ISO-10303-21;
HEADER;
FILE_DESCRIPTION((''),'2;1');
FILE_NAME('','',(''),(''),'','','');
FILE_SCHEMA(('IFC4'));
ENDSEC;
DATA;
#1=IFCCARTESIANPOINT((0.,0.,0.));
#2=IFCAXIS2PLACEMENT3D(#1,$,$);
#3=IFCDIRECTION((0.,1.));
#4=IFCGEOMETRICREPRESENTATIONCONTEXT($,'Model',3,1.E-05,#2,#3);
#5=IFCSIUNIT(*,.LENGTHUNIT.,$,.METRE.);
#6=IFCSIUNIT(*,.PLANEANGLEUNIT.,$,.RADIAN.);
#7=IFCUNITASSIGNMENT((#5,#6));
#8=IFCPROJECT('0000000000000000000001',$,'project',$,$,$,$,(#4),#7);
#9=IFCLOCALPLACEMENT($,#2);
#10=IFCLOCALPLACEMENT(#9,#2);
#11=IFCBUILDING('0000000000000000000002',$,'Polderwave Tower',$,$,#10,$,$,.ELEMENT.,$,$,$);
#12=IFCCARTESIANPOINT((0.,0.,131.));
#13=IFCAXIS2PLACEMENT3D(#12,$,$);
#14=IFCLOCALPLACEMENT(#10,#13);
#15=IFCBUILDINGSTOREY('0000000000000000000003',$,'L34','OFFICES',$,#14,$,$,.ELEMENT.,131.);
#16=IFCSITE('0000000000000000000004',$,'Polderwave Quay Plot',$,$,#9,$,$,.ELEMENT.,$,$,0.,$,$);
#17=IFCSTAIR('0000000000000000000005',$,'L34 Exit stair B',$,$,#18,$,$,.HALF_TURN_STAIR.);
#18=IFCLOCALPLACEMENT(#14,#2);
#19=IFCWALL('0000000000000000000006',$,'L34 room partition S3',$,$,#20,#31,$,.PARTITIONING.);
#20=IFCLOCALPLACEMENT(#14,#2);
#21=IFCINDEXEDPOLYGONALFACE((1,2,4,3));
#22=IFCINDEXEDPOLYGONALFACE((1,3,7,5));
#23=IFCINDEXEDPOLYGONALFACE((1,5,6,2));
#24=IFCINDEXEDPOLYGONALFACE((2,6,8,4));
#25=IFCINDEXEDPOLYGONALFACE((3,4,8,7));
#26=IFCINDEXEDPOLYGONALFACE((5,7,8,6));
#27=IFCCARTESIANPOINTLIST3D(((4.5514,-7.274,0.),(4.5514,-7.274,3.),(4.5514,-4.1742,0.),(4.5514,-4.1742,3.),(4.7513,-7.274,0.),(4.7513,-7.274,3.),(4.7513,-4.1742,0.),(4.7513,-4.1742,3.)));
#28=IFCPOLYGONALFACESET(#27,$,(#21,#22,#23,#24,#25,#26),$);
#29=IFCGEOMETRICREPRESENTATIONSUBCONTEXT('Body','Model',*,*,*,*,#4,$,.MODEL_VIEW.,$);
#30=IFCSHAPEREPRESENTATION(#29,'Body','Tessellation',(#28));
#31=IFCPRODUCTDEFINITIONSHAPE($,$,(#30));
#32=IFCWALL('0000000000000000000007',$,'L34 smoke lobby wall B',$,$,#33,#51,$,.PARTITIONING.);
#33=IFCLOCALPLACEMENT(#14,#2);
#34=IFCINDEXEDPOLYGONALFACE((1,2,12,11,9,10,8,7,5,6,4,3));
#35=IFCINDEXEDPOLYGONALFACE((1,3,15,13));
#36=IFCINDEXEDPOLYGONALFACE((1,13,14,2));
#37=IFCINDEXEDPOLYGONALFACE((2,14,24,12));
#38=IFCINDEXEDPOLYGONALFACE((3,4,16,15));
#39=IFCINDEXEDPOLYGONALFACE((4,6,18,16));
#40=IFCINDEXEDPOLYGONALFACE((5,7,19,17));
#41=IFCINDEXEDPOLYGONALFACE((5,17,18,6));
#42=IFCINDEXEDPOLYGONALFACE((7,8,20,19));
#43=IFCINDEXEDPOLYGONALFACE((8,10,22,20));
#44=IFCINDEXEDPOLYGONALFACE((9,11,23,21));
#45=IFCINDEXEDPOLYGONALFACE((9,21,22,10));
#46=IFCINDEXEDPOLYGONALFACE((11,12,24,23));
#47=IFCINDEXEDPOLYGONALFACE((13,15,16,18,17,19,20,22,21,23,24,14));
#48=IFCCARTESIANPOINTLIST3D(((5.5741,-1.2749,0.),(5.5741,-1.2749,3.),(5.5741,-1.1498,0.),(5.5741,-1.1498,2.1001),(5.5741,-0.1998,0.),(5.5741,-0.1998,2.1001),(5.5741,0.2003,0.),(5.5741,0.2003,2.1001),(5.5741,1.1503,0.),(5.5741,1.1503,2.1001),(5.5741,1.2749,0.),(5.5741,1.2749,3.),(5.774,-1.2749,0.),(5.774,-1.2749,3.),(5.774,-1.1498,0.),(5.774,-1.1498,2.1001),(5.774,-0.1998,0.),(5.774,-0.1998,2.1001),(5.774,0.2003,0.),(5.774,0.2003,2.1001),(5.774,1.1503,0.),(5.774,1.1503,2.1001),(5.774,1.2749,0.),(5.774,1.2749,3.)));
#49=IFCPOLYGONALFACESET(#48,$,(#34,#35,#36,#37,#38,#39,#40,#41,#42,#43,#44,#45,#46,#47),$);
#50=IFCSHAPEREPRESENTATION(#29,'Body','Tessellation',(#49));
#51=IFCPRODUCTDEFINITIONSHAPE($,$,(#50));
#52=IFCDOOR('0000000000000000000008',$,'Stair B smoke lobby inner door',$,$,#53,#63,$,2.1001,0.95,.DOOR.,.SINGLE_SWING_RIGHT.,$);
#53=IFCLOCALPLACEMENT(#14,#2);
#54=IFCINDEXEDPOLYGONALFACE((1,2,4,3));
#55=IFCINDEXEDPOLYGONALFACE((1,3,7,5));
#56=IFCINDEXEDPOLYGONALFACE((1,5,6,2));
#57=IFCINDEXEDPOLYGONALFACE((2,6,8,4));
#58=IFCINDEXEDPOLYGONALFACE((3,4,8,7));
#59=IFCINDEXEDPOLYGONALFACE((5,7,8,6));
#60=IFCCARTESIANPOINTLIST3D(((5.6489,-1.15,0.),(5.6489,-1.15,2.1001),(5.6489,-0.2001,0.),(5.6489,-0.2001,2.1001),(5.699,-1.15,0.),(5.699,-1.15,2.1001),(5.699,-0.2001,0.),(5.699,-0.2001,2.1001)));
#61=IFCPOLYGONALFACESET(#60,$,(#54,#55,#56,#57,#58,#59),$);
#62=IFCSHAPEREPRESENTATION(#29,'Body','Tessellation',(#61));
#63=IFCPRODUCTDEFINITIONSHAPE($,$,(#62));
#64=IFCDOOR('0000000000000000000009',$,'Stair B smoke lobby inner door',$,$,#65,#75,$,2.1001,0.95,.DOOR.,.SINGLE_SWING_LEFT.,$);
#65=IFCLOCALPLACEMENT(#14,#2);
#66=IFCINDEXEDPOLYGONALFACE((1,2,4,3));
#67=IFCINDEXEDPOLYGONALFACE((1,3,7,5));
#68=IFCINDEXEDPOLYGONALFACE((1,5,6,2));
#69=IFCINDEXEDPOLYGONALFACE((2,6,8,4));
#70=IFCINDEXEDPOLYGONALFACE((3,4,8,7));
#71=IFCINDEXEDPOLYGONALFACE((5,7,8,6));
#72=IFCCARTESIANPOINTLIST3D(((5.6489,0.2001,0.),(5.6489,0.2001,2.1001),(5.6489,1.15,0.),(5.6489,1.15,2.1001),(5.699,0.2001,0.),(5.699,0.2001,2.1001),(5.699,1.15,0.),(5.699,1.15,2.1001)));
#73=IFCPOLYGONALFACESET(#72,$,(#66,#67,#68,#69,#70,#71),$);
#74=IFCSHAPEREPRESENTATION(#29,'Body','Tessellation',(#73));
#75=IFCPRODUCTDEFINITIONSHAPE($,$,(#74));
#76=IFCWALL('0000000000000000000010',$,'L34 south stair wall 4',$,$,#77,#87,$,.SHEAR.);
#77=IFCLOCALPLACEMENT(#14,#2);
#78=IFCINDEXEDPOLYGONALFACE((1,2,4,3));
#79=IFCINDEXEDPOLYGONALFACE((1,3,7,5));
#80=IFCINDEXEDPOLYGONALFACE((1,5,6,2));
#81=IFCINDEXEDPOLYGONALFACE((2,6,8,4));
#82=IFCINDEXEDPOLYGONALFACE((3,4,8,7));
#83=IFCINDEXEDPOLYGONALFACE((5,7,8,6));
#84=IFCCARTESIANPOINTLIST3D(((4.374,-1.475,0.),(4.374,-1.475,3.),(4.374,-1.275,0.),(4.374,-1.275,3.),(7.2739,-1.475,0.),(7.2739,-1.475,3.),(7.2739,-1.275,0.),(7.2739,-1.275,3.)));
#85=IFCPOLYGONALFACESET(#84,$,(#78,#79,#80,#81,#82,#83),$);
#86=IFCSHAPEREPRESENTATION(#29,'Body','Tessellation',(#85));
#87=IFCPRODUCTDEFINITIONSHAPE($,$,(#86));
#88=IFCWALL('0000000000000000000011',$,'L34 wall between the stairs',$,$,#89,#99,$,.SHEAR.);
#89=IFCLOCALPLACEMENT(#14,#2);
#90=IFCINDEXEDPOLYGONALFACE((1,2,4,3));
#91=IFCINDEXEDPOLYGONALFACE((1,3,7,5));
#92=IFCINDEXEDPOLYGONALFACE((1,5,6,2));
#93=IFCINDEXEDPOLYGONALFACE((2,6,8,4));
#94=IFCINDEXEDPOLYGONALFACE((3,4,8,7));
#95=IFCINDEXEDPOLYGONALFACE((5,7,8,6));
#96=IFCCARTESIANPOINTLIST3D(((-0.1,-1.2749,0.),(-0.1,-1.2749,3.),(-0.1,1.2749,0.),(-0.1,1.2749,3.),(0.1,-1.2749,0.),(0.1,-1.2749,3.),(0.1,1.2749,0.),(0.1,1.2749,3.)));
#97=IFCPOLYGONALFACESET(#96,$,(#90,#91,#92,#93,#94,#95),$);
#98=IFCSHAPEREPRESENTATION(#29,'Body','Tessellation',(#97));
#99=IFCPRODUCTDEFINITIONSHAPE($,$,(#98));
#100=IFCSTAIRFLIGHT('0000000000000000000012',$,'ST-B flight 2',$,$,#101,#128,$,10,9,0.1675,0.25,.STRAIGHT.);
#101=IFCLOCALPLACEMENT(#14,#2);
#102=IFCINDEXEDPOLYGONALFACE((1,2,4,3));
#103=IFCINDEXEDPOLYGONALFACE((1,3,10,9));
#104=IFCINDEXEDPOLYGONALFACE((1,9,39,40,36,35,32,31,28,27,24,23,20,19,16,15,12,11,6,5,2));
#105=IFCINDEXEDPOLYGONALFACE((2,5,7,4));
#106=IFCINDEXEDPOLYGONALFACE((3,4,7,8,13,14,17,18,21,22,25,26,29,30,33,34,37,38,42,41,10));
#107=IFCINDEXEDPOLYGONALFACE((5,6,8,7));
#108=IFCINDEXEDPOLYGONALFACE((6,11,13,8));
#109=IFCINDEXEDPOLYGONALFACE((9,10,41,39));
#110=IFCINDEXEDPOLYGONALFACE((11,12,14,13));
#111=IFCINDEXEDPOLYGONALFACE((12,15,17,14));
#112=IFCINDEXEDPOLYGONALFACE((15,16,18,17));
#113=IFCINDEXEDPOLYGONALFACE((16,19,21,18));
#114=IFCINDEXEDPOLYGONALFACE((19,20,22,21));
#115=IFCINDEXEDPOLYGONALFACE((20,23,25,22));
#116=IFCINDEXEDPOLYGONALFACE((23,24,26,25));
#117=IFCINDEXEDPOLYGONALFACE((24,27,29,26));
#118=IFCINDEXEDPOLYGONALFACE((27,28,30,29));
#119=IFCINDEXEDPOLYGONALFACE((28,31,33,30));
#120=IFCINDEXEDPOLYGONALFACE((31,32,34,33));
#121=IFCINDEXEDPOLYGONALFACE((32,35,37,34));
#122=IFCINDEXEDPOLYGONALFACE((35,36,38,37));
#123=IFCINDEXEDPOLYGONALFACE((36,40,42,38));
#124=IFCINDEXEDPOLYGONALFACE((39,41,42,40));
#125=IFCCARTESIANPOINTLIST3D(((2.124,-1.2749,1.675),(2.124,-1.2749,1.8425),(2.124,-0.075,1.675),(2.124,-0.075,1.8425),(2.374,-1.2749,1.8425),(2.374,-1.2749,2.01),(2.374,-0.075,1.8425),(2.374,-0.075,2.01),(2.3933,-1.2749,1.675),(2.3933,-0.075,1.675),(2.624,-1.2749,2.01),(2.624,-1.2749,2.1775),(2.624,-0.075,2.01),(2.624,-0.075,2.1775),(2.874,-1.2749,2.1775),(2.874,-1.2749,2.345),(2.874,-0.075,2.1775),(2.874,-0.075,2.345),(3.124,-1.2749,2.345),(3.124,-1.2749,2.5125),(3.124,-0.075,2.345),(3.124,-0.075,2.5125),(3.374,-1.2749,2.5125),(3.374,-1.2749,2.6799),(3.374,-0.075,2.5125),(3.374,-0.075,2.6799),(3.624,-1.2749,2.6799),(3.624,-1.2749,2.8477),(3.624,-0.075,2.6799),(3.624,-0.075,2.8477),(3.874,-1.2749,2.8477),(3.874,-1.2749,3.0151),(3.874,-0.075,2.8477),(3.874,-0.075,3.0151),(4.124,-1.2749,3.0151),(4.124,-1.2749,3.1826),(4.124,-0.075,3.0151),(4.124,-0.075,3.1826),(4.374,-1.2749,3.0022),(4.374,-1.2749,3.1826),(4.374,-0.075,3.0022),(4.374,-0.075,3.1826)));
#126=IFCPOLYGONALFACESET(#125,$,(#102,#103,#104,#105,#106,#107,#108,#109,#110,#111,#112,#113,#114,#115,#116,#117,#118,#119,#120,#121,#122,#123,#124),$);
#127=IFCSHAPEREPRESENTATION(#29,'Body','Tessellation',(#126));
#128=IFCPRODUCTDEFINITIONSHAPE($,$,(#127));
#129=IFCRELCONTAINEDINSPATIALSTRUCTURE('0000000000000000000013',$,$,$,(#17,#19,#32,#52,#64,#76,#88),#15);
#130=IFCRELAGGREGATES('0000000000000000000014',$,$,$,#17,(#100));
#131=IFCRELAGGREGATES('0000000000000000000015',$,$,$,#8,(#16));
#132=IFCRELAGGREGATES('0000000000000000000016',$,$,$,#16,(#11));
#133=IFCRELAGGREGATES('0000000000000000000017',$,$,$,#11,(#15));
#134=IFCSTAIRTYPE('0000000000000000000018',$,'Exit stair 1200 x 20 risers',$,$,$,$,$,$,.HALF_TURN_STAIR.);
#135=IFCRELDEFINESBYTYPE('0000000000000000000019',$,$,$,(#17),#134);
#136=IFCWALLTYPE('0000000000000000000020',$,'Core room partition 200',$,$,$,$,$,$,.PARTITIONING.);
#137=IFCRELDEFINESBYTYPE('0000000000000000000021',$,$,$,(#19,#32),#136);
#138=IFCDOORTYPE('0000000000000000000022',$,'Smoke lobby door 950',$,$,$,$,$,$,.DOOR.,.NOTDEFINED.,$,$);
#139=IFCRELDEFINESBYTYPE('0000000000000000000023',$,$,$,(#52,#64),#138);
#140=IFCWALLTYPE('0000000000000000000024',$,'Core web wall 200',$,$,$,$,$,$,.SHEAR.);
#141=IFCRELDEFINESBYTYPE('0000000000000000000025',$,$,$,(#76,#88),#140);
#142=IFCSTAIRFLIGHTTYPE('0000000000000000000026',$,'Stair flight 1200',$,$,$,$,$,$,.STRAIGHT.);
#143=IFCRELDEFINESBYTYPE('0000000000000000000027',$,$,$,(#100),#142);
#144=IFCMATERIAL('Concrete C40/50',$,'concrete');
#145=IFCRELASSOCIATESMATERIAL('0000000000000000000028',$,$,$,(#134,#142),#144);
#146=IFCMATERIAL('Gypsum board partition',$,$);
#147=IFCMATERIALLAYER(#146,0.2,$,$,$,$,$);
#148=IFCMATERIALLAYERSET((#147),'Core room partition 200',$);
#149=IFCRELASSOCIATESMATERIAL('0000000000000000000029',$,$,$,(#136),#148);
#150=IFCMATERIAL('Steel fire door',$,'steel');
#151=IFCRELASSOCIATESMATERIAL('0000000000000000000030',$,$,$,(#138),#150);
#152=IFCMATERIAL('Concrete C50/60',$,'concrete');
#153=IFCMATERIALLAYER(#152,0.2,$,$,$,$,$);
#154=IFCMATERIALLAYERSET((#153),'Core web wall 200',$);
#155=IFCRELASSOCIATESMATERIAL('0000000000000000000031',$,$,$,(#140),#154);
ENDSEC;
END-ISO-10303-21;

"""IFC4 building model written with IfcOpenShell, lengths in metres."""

from ifc_helpers import new_model, si_unit, direction, frame, frame_2d, origin, place, context, subcontext, project, spatial, polyline, rectangle, outline, extrude, material, layer, layer_set, type_object, element, fill, aggregate, save


model = new_model("IFC4")

# Units and contexts
model_context = context("Model", 3, precision=1e-05, world=origin(), true_north=direction((0.0, 1.0)))
body_context = subcontext(model_context, "Body", "Model", "MODEL_VIEW")
ifc_project = project(units=[si_unit("LENGTHUNIT", "METRE"), si_unit("PLANEANGLEUNIT", "RADIAN")], contexts=[model_context])

# Site, building, storey
site_placement = place(None, origin())
site = spatial("IfcSite", under=ifc_project, at=site_placement, Name="Polderwave Quay Plot", CompositionType="ELEMENT", RefElevation=0.0)
building_placement = place(site_placement, origin())
building = spatial("IfcBuilding", under=site, at=building_placement, Name="Polderwave Tower", CompositionType="ELEMENT")
storey_placement = place(building_placement, frame((0.0, 0.0, 131.0)))
storey = spatial("IfcBuildingStorey", under=building, at=storey_placement, Name="L34", Description="OFFICES", CompositionType="ELEMENT", Elevation=131.0)

# Shared definitions
ifc_material_1 = material(Name="Concrete C40/50", Category="concrete")

# Stair
stair_type = type_object("IfcStairType", Name="Exit stair 1200 x 20 risers", PredefinedType="HALF_TURN_STAIR", material=ifc_material_1)
stair_1_placement = place(storey_placement, origin())
stair_1 = element("IfcStair", 1, at=stair_1_placement, inside=storey, type_object=stair_type, Name="L34 Exit stair B", PredefinedType="HALF_TURN_STAIR")

# Wall
ifc_material_2 = material(Name="Gypsum board partition")
ifc_layer_1 = layer(ifc_material_2, 0.2)
ifc_layer_set_1 = layer_set([ifc_layer_1], Name="Core room partition 200")
wall_type_1 = type_object("IfcWallType", Name="Core room partition 200", PredefinedType="PARTITIONING", material=ifc_layer_set_1)
wall_1_placement = place(storey_placement, frame((4.6514, -7.2739, 0.0), z_axis=(0.0, 0.0, 1.0), x_axis=(0.0, 1.0, 0.0)))
element("IfcWall", 2, at=wall_1_placement, inside=storey, type_object=wall_type_1, Name="L34 room partition S3", PredefinedType="PARTITIONING", context=body_context, shape_type="SweptSolid", body=[
    extrude(rectangle(XDim=3.0999, YDim=0.2, at=frame_2d((1.5498, 0.0))), origin(), (0.0, 0.0, 1.0), 3.0),
])

# Wall, openings, doors
wall_2_placement = place(storey_placement, frame((5.6741, -1.2749, 0.0), z_axis=(0.0, 0.0, 1.0), x_axis=(0.0, 1.0, 0.0)))
wall_2 = element("IfcWall", 3, at=wall_2_placement, inside=storey, type_object=wall_type_1, Name="L34 smoke lobby wall B", PredefinedType="PARTITIONING", context=body_context, shape_type="SweptSolid", body=[
    extrude(rectangle(XDim=2.5498, YDim=0.2, at=frame_2d((1.2749, 0.0))), origin(), (0.0, 0.0, 1.0), 3.0),
])
opening_1_placement = place(wall_2_placement, frame((0.125, 0.0, 0.0)))
opening_1 = element("IfcOpeningElement", 4, at=opening_1_placement, cuts=wall_2, PredefinedType="OPENING", context=body_context, shape_type="SweptSolid", body=[
    extrude(rectangle(XDim=0.95, YDim=2.1001, at=frame_2d((0.4751, 1.05))), frame((0.0, 0.1099, 0.0), z_axis=(0.0, -1.0, 0.0), x_axis=(1.0, 0.0, 0.0)), (0.0, 0.0, 1.0), 0.22),
])
opening_2_placement = place(wall_2_placement, frame((1.4751, 0.0, 0.0)))
opening_2 = element("IfcOpeningElement", 5, at=opening_2_placement, cuts=wall_2, PredefinedType="OPENING", context=body_context, shape_type="SweptSolid", body=[
    extrude(rectangle(XDim=0.95, YDim=2.1001, at=frame_2d((0.4751, 1.05))), frame((0.0, 0.1099, 0.0), z_axis=(0.0, -1.0, 0.0), x_axis=(1.0, 0.0, 0.0)), (0.0, 0.0, 1.0), 0.22),
])
ifc_material_3 = material(Name="Steel fire door", Category="steel")
door_type = type_object("IfcDoorType", Name="Smoke lobby door 950", OperationType="NOTDEFINED", PredefinedType="DOOR", material=ifc_material_3)
door_1_placement = place(opening_1_placement, frame((0.95, 0.0, 0.0), z_axis=(0.0, 0.0, 1.0), x_axis=(-1.0, 0.0, 0.0)))
door_1 = element("IfcDoor", 6, at=door_1_placement, inside=storey, type_object=door_type, Name="Stair B smoke lobby inner door", OperationType="SINGLE_SWING_RIGHT", OverallHeight=2.1001, OverallWidth=0.95, PredefinedType="DOOR", context=body_context, shape_type="SweptSolid", body=[
    extrude(rectangle(XDim=0.95, YDim=2.1001, at=frame_2d((0.4751, 1.05))), frame((0.0, 0.0249, 0.0), z_axis=(0.0, -1.0, 0.0), x_axis=(1.0, 0.0, 0.0)), (0.0, 0.0, 1.0), 0.05),
])
fill(opening_1, door_1)
door_2_placement = place(opening_2_placement, frame((0.95, 0.0, 0.0), z_axis=(0.0, 0.0, 1.0), x_axis=(-1.0, 0.0, 0.0)))
door_2 = element("IfcDoor", 7, at=door_2_placement, inside=storey, type_object=door_type, Name="Stair B smoke lobby inner door", OperationType="SINGLE_SWING_LEFT", OverallHeight=2.1001, OverallWidth=0.95, PredefinedType="DOOR", context=body_context, shape_type="SweptSolid", body=[
    extrude(rectangle(XDim=0.95, YDim=2.1001, at=frame_2d((0.4751, 1.05))), frame((0.0, 0.0249, 0.0), z_axis=(0.0, -1.0, 0.0), x_axis=(1.0, 0.0, 0.0)), (0.0, 0.0, 1.0), 0.05),
])
fill(opening_2, door_2)

# Walls
ifc_material_4 = material(Name="Concrete C50/60", Category="concrete")
ifc_layer_2 = layer(ifc_material_4, 0.2)
ifc_layer_set_2 = layer_set([ifc_layer_2], Name="Core web wall 200")
wall_type_2 = type_object("IfcWallType", Name="Core web wall 200", PredefinedType="SHEAR", material=ifc_layer_set_2)
wall_3_placement = place(storey_placement, frame((4.374, -1.375, 0.0), z_axis=(0.0, 0.0, 1.0), x_axis=(1.0, 0.0, 0.0)))
element("IfcWall", 8, at=wall_3_placement, inside=storey, type_object=wall_type_2, Name="L34 south stair wall 4", PredefinedType="SHEAR", context=body_context, shape_type="SweptSolid", body=[
    extrude(rectangle(XDim=2.8999, YDim=0.2, at=frame_2d((1.45, 0.0))), origin(), (0.0, 0.0, 1.0), 3.0),
])
wall_4_placement = place(storey_placement, frame((0.0, -1.2749, 0.0), z_axis=(0.0, 0.0, 1.0), x_axis=(0.0, 1.0, 0.0)))
element("IfcWall", 9, at=wall_4_placement, inside=storey, type_object=wall_type_2, Name="L34 wall between the stairs", PredefinedType="SHEAR", context=body_context, shape_type="SweptSolid", body=[
    extrude(rectangle(XDim=2.5498, YDim=0.2, at=frame_2d((1.2749, 0.0))), origin(), (0.0, 0.0, 1.0), 3.0),
])

# Stair flight
stair_flight_type = type_object("IfcStairFlightType", Name="Stair flight 1200", PredefinedType="STRAIGHT", material=ifc_material_1)
stair_flight_placement = place(storey_placement, frame((2.124, -0.675, 1.675), z_axis=(0.0, 0.0, 1.0), x_axis=(1.0, 0.0, 0.0)))
stair_flight = element("IfcStairFlight", 10, at=stair_flight_placement, type_object=stair_flight_type, Name="ST-B flight 2", NumberOfRisers=10, NumberOfTreads=9, PredefinedType="STRAIGHT", RiserHeight=0.1675, TreadLength=0.25, context=body_context, shape_type="SweptSolid", body=[
    extrude(outline(polyline([(0.0, 0.0), (0.0, 0.1675), (0.25, 0.1675), (0.25, 0.335), (0.5, 0.335), (0.5, 0.5024), (0.75, 0.5024), (0.75, 0.6699), (1.0, 0.6699), (1.0, 0.8374), (1.25, 0.8374), (1.25, 1.0049), (1.5, 1.0049), (1.5, 1.1726), (1.75, 1.1726), (1.75, 1.3401), (2.0, 1.3401), (2.0, 1.5076), (2.25, 1.5076), (2.25, 1.675), (2.25, 1.3271), (0.2693, 0.0), (0.0, 0.0)])), frame((0.0, 0.6001, 0.0), z_axis=(0.0, -1.0, 0.0), x_axis=(1.0, 0.0, 0.0)), (0.0, 0.0, 1.0), 1.2),
])
aggregate(stair_1, [stair_flight])

save(model, "model.ifc")
